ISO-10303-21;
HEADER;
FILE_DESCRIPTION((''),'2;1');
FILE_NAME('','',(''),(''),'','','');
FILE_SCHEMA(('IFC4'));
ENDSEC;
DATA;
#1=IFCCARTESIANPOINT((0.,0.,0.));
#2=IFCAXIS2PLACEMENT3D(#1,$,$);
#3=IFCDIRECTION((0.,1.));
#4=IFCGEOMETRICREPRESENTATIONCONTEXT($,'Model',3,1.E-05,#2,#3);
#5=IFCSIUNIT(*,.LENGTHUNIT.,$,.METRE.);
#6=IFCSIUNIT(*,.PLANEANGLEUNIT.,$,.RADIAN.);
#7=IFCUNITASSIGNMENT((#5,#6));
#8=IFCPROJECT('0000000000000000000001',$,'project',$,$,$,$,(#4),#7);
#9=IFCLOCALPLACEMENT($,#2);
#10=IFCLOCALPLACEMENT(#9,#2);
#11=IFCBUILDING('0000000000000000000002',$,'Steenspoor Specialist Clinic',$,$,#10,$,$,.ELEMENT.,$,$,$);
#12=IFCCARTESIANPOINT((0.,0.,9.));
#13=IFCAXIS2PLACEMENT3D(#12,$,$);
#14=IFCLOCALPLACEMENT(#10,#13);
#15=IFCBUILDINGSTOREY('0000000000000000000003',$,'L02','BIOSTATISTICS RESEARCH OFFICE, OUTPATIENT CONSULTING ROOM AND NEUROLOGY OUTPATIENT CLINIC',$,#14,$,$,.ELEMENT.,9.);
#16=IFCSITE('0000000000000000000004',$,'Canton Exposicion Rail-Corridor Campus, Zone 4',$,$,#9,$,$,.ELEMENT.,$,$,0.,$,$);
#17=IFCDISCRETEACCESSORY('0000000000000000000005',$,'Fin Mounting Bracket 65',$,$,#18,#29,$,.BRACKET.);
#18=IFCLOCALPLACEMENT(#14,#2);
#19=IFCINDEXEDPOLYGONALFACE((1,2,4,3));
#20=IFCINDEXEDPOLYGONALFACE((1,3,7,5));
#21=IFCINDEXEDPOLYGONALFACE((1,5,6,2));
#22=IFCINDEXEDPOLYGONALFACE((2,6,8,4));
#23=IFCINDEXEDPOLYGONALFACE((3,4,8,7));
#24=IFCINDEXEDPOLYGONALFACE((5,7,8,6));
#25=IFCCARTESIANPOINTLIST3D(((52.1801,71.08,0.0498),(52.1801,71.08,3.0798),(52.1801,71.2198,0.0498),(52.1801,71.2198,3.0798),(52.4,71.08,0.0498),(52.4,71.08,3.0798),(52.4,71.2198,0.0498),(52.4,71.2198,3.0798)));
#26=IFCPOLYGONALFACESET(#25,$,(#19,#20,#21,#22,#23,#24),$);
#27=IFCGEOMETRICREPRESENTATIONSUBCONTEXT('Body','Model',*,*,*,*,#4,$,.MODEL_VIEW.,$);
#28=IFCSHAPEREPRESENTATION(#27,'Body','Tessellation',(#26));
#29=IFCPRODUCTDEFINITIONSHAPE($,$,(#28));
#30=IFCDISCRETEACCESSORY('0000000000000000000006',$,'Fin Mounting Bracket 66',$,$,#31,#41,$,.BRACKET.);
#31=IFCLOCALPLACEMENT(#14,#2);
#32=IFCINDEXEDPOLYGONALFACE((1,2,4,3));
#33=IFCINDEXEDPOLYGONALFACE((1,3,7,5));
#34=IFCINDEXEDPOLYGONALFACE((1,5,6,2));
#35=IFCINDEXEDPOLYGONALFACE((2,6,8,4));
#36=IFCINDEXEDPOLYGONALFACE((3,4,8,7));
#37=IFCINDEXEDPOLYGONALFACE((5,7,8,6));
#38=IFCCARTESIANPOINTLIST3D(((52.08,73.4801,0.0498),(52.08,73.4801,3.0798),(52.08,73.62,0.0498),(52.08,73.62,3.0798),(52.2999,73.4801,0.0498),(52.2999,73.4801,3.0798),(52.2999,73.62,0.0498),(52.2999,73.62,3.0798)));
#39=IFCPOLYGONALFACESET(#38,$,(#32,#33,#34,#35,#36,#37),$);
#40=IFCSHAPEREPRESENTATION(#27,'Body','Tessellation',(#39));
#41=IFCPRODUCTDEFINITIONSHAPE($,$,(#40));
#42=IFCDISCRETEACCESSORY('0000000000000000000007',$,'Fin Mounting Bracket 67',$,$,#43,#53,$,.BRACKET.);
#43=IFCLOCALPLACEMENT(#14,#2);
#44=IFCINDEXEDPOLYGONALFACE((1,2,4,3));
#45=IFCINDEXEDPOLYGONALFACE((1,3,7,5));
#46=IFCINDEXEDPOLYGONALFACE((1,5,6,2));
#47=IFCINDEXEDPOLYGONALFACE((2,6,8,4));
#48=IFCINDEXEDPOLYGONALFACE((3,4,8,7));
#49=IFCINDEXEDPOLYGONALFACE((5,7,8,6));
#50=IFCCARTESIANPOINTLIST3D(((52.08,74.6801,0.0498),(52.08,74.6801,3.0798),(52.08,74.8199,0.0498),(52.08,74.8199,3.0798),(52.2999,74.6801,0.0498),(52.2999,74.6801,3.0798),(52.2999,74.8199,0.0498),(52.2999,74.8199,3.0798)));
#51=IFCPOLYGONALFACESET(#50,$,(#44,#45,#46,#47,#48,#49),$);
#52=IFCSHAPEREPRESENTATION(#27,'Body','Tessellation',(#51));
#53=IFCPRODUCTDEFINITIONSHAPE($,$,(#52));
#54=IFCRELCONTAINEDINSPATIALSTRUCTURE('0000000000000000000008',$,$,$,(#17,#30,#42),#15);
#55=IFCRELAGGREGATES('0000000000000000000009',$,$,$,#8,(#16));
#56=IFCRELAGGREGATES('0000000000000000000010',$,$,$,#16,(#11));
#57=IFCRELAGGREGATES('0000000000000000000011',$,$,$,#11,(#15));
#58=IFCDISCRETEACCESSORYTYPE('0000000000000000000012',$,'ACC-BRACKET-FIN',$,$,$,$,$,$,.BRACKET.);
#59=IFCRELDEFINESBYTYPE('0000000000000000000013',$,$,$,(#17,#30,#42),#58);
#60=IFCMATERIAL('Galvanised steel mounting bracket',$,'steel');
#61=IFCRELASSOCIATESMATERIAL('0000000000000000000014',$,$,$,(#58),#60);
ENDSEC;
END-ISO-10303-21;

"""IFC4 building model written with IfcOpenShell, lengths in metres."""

from ifc_helpers import new_model, si_unit, direction, frame, origin, origin_2d, place, context, subcontext, project, spatial, rectangle, extrude, material, type_object, element, save


model = new_model("IFC4")

# Units and contexts
model_context = context("Model", 3, precision=1e-05, world=origin(), true_north=direction((0.0, 1.0)))
body_context = subcontext(model_context, "Body", "Model", "MODEL_VIEW")
ifc_project = project(units=[si_unit("LENGTHUNIT", "METRE"), si_unit("PLANEANGLEUNIT", "RADIAN")], contexts=[model_context])

# Site, building, storey
site_placement = place(None, origin())
site = spatial("IfcSite", under=ifc_project, at=site_placement, Name="Canton Exposicion Rail-Corridor Campus, Zone 4", CompositionType="ELEMENT", RefElevation=0.0)
building_placement = place(site_placement, origin())
building = spatial("IfcBuilding", under=site, at=building_placement, Name="Steenspoor Specialist Clinic", CompositionType="ELEMENT")
storey_placement = place(building_placement, frame((0.0, 0.0, 9.0)))
storey = spatial("IfcBuildingStorey", under=building, at=storey_placement, Name="L02", Description="BIOSTATISTICS RESEARCH OFFICE, OUTPATIENT CONSULTING ROOM AND NEUROLOGY OUTPATIENT CLINIC", CompositionType="ELEMENT", Elevation=9.0)

# Discrete accessories
ifc_material_1 = material(Name="Galvanised steel mounting bracket", Category="steel")
discrete_accessory_type = type_object("IfcDiscreteAccessoryType", Name="ACC-BRACKET-FIN", PredefinedType="BRACKET", material=ifc_material_1)
for number, where, z_axis, x_axis, name in (
    (1, (52.29, 71.1499, 0.0498), (0.0, 0.0, 1.0), (-1.0, 0.0, 0.0), "Fin Mounting Bracket 65"),
    (2, (52.1899, 73.55, 0.0498), (0.0, 0.0, 1.0), (-1.0, 0.0, 0.0), "Fin Mounting Bracket 66"),
    (3, (52.1899, 74.75, 0.0498), (0.0, 0.0, 1.0), (-1.0, 0.0, 0.0), "Fin Mounting Bracket 67"),
):
    element("IfcDiscreteAccessory", number, at=place(storey_placement, frame(where, z_axis=z_axis, x_axis=x_axis)), inside=storey, type_object=discrete_accessory_type, Name=name, PredefinedType="BRACKET", context=body_context, shape_type="SweptSolid", body=[
        extrude(rectangle(XDim=0.22, YDim=0.1399, at=origin_2d()), origin(), (0.0, 0.0, 1.0), 3.03),
    ])

save(model, "model.ifc")
